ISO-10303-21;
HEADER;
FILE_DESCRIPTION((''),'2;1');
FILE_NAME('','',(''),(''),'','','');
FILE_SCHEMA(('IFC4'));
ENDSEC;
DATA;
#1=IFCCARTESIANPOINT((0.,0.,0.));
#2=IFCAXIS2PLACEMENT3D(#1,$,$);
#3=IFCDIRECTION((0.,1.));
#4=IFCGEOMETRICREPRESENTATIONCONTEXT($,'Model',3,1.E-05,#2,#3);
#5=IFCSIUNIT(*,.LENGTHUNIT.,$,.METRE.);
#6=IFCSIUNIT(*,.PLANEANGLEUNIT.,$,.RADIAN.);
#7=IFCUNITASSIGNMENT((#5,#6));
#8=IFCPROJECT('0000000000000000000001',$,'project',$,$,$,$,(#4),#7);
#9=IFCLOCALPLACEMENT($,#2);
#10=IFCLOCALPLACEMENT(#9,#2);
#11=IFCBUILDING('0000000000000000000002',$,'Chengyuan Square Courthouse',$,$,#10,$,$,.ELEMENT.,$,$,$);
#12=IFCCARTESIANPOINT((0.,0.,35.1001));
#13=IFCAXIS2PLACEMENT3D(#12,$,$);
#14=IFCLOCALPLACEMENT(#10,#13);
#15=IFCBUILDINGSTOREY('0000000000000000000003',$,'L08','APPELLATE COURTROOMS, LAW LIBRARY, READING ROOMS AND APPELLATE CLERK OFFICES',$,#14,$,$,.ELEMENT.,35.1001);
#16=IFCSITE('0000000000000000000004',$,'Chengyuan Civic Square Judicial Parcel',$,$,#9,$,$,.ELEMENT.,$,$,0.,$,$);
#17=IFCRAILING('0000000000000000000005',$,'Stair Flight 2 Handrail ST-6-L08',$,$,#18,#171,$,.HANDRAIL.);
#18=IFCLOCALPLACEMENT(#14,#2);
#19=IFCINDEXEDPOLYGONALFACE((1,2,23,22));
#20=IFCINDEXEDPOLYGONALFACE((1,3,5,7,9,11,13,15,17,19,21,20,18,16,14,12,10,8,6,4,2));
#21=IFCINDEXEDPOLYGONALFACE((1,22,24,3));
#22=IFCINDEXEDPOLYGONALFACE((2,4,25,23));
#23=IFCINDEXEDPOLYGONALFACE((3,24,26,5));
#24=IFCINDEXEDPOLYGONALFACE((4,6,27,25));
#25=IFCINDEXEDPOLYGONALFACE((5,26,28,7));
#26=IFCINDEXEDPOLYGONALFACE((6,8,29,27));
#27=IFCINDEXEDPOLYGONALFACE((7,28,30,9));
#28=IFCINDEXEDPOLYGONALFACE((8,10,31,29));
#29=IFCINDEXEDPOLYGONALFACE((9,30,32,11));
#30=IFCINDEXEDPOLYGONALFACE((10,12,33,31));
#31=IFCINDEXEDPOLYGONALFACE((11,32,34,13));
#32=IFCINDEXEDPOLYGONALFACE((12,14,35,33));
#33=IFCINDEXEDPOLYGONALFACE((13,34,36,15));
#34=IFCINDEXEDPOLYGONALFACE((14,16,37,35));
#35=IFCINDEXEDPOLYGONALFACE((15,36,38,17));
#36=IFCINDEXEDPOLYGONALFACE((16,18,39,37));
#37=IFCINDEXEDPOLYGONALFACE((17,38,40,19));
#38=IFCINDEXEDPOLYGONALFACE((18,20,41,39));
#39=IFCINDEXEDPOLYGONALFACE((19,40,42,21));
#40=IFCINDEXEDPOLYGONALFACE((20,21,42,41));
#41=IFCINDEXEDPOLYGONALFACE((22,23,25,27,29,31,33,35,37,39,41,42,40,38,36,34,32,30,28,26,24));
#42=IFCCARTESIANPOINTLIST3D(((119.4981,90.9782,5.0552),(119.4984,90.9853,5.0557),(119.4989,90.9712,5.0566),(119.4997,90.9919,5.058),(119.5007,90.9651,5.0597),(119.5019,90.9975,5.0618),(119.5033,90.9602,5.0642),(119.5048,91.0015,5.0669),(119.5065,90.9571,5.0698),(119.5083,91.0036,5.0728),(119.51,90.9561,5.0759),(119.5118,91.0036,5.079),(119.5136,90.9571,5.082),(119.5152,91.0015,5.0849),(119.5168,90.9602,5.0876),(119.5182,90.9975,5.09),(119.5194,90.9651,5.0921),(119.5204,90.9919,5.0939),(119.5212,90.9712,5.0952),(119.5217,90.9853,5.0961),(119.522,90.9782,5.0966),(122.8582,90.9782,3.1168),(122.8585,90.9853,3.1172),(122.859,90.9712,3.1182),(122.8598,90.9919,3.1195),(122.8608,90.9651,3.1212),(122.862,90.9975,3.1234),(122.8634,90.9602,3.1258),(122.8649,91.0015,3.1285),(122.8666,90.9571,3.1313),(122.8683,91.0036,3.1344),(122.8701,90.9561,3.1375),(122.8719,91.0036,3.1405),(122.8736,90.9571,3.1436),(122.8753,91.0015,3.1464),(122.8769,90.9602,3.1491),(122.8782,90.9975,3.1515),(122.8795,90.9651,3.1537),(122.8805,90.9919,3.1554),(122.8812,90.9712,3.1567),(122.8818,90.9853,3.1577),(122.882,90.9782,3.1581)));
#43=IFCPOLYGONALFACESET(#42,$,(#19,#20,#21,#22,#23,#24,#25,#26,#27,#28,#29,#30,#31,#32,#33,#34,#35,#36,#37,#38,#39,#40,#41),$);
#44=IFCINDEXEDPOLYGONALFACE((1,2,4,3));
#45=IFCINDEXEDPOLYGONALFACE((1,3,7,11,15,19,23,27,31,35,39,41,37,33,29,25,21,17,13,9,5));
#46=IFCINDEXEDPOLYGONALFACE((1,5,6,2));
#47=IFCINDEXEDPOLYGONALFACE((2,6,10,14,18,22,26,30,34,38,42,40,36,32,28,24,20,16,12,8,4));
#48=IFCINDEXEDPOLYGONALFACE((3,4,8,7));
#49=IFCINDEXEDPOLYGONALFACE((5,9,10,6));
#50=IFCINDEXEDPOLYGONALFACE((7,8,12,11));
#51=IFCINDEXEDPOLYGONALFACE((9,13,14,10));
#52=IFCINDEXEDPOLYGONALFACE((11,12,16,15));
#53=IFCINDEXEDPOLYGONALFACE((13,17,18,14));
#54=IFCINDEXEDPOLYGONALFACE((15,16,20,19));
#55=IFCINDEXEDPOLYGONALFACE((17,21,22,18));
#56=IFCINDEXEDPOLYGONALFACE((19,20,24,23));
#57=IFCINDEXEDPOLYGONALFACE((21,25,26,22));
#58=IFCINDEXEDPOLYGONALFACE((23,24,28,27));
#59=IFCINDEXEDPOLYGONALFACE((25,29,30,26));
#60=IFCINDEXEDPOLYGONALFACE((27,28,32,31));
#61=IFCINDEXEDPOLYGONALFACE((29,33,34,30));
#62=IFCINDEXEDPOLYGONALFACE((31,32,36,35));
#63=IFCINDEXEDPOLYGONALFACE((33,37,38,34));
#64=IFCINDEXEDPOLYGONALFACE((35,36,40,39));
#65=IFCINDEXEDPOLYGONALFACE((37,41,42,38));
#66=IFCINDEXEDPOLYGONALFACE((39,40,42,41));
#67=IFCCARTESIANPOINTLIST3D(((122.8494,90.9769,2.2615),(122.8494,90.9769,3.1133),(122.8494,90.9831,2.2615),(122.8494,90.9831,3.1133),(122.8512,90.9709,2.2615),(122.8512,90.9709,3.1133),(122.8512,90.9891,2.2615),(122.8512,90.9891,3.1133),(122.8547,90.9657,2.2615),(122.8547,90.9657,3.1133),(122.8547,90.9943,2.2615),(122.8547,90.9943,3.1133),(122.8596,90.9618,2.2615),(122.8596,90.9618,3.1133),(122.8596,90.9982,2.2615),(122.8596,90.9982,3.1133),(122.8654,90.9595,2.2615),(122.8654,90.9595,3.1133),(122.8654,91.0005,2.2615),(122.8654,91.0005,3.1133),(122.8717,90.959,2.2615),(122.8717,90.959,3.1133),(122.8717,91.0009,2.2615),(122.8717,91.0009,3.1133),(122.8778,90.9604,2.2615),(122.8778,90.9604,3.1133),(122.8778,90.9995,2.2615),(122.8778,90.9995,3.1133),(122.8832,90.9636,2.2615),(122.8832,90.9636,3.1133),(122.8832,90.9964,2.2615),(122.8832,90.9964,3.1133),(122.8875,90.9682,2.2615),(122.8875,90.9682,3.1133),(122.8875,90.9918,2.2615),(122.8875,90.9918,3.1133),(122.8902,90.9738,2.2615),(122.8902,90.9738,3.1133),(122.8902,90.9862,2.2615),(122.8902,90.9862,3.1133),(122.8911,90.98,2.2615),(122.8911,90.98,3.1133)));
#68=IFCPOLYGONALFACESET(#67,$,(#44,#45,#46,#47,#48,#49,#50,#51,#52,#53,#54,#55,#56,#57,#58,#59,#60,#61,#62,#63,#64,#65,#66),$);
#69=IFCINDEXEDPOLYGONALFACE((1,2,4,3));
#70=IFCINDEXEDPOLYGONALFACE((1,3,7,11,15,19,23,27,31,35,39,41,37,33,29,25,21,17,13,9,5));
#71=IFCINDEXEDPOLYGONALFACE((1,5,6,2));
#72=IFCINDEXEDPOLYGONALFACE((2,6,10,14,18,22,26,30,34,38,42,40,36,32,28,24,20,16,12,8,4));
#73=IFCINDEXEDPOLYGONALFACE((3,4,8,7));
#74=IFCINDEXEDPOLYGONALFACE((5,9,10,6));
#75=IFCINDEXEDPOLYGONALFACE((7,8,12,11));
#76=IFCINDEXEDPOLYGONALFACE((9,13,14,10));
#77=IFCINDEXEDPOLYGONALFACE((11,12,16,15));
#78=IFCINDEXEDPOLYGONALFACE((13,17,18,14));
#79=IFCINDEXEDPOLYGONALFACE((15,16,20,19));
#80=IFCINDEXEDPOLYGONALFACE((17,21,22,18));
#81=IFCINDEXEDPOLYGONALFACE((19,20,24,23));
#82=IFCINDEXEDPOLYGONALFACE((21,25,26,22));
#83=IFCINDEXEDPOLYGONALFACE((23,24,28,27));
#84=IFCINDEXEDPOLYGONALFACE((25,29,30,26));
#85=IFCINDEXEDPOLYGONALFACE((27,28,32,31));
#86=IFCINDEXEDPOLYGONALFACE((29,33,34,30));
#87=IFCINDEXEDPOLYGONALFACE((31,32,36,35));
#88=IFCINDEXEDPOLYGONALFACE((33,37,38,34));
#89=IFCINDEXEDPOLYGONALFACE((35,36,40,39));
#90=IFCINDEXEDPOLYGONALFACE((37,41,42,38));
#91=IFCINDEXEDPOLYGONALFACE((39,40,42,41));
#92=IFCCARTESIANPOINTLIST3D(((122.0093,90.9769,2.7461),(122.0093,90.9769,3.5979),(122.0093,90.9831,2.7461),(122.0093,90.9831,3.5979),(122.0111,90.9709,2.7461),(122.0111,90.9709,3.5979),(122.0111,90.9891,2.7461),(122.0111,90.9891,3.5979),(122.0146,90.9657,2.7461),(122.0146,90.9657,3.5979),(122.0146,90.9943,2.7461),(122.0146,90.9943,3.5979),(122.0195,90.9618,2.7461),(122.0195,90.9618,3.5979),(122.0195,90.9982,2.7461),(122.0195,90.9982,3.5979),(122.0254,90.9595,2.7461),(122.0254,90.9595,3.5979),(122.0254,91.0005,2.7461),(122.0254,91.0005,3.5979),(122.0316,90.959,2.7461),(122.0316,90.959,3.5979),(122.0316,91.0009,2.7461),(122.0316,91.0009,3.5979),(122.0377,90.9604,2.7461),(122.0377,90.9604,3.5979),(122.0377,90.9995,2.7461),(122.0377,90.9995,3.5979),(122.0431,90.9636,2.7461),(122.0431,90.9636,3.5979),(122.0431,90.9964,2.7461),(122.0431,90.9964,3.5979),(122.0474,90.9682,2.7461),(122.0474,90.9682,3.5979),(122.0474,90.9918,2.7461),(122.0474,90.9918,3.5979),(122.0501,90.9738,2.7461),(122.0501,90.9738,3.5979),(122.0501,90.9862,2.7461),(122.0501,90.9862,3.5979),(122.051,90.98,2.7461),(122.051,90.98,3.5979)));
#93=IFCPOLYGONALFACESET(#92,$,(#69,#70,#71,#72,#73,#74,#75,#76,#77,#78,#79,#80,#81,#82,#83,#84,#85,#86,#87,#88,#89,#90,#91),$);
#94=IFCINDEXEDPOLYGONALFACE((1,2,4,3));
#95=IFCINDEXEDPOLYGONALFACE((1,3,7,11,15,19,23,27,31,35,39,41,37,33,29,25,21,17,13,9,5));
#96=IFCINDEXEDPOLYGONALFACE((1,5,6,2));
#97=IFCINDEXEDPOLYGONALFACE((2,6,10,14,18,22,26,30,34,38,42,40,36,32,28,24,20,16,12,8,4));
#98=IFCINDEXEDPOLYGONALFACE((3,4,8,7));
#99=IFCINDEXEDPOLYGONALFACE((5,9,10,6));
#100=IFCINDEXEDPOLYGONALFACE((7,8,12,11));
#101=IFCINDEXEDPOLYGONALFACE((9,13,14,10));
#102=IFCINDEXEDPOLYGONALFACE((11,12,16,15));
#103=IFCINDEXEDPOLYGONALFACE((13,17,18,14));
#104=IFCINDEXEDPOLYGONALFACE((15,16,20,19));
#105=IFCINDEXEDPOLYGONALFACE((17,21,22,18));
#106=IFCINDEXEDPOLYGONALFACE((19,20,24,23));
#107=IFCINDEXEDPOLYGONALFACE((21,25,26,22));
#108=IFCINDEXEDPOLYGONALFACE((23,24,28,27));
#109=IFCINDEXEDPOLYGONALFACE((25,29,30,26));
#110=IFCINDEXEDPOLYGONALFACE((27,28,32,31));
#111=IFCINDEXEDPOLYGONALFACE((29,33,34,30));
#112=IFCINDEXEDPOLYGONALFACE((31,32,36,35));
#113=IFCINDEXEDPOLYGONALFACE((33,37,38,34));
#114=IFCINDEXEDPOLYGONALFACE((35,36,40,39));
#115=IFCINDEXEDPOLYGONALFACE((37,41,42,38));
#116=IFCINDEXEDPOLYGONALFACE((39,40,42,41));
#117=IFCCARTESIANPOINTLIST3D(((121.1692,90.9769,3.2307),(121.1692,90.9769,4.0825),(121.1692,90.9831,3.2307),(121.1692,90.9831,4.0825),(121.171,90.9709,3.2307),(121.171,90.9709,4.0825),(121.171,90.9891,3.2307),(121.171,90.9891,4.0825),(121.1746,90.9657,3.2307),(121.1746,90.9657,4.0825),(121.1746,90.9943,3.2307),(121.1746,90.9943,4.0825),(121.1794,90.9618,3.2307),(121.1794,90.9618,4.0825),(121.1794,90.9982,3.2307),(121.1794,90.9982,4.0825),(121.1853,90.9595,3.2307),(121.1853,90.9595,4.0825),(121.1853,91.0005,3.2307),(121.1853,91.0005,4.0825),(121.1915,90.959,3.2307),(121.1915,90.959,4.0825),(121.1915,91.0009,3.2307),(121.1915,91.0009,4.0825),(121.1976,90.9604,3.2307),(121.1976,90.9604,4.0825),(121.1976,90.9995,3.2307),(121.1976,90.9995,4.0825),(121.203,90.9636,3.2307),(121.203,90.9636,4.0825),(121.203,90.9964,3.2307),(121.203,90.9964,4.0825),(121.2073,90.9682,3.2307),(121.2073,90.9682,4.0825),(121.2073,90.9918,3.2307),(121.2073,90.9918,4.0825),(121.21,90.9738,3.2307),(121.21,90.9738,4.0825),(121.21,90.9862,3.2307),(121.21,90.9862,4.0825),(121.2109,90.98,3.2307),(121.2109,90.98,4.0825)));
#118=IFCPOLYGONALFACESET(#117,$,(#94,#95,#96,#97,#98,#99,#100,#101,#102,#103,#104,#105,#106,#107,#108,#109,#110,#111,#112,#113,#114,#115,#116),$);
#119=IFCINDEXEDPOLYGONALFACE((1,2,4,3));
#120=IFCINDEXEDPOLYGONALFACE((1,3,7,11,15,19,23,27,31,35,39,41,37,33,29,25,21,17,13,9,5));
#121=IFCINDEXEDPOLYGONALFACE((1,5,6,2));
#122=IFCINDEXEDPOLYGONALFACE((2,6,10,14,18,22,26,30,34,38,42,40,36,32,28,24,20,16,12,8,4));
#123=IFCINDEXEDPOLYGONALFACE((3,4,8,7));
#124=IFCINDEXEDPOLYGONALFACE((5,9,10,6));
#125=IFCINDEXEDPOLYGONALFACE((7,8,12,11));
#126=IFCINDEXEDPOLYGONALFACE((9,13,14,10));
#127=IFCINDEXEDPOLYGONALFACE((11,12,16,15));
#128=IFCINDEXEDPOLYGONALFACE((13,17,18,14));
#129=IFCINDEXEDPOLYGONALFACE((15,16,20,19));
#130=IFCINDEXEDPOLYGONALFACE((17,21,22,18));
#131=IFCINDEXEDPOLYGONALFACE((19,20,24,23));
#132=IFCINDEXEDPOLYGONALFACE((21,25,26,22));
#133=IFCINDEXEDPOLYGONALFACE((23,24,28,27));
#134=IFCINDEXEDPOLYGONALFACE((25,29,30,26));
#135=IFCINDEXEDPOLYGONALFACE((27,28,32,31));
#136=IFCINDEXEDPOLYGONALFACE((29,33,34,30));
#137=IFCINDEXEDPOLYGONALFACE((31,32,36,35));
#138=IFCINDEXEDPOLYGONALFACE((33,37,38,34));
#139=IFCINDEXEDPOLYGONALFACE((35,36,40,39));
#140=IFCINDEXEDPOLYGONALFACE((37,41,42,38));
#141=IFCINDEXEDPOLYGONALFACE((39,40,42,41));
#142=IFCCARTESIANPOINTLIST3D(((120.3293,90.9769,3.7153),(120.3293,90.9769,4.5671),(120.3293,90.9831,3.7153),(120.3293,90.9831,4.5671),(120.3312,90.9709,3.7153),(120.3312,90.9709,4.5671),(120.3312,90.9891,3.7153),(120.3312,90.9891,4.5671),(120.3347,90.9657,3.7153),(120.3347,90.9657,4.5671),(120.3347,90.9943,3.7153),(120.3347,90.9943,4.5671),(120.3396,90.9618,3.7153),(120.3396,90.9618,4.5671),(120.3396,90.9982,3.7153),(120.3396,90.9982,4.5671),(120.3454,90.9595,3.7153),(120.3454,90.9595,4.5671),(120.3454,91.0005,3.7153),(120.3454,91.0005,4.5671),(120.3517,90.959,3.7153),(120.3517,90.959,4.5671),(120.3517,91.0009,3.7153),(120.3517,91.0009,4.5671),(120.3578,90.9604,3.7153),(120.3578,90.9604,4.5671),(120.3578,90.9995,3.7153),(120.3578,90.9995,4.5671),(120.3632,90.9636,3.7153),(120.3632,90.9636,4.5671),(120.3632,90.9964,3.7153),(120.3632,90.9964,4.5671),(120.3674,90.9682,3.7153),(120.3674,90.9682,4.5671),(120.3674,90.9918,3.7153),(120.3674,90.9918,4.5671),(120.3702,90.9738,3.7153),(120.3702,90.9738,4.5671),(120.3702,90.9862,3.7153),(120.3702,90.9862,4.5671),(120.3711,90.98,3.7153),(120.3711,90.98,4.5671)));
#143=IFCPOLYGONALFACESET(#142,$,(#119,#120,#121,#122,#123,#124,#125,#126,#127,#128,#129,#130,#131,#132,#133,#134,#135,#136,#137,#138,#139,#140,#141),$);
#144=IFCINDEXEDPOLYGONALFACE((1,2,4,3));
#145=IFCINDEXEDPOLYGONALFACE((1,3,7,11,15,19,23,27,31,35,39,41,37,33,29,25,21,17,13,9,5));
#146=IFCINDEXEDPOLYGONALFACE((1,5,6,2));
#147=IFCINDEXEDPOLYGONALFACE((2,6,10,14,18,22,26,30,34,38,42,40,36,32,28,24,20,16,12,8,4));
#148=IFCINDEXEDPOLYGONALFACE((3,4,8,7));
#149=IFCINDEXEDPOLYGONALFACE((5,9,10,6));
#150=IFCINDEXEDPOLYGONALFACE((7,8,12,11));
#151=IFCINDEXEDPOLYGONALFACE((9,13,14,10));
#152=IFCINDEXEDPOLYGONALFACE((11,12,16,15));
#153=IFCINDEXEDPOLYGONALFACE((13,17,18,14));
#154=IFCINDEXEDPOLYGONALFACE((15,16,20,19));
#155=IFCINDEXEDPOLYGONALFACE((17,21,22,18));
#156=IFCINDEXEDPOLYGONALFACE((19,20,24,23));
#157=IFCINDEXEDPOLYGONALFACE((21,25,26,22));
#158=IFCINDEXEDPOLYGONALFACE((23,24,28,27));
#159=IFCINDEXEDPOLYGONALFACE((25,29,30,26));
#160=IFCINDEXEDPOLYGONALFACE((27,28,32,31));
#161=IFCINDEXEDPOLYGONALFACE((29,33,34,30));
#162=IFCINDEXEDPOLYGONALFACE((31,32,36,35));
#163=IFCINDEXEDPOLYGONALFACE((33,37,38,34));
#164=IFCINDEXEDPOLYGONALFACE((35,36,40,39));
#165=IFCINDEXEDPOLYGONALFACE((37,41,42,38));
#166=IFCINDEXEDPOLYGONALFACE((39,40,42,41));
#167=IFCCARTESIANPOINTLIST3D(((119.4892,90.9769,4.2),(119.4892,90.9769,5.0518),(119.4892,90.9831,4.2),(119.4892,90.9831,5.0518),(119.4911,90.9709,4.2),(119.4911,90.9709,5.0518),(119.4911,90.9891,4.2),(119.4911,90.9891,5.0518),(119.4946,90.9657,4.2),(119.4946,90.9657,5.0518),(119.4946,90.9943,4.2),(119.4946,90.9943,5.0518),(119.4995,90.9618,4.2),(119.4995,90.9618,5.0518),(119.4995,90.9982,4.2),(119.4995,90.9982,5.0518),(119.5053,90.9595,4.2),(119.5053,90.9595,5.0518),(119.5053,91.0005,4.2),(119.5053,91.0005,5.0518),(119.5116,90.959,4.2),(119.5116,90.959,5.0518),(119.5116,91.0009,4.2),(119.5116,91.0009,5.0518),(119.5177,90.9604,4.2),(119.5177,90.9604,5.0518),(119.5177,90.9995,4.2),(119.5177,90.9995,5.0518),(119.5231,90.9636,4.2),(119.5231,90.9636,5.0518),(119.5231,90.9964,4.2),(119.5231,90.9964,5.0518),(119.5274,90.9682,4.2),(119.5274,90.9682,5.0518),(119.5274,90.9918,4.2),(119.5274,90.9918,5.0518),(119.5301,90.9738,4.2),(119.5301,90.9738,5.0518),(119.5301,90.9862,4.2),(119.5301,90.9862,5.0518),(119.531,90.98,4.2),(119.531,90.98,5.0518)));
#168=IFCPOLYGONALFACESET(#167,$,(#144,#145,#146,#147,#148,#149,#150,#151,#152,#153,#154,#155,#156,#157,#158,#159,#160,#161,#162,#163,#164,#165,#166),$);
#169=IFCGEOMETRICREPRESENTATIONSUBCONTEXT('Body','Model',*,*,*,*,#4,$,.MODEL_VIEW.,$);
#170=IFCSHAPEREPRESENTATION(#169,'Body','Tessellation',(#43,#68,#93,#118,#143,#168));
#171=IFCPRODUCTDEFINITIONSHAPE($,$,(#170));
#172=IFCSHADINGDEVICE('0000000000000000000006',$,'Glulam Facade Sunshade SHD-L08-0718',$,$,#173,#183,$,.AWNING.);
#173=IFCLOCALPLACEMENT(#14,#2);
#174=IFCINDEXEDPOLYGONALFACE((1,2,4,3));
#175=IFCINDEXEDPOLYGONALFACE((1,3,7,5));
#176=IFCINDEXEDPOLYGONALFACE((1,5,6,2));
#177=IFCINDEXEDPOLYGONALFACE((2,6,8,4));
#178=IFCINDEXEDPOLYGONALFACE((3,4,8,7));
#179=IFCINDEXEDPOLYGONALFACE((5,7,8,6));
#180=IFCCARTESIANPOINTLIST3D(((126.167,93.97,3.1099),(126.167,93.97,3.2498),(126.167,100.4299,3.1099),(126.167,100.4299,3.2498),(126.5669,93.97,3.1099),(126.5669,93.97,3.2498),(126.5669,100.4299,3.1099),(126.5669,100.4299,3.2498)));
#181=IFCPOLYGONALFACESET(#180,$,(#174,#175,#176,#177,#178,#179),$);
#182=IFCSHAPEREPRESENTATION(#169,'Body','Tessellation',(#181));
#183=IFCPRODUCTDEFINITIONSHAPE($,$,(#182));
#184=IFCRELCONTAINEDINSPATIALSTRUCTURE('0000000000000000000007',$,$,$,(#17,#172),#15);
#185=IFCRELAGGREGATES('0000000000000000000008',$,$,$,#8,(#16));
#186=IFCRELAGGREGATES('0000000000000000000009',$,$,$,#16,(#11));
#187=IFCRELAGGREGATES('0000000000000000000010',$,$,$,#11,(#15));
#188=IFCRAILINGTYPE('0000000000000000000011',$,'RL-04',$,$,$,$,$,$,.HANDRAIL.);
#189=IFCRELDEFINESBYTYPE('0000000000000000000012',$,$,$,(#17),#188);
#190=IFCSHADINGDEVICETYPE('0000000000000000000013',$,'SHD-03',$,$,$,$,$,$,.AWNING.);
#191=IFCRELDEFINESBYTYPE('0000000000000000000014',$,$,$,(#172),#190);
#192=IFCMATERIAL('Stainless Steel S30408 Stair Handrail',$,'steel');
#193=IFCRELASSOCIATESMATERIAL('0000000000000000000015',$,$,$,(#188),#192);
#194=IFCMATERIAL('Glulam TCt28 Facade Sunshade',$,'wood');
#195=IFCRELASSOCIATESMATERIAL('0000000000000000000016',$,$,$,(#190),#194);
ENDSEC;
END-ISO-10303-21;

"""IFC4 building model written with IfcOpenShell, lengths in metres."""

from ifc_helpers import new_model, si_unit, direction, frame, origin, origin_2d, place, context, subcontext, project, spatial, rectangle, circle, extrude, material, type_object, element, save


model = new_model("IFC4")

# Units and contexts
model_context = context("Model", 3, precision=1e-05, world=origin(), true_north=direction((0.0, 1.0)))
body_context = subcontext(model_context, "Body", "Model", "MODEL_VIEW")
ifc_project = project(units=[si_unit("LENGTHUNIT", "METRE"), si_unit("PLANEANGLEUNIT", "RADIAN")], contexts=[model_context])

# Site, building, storey
site_placement = place(None, origin())
site = spatial("IfcSite", under=ifc_project, at=site_placement, Name="Chengyuan Civic Square Judicial Parcel", CompositionType="ELEMENT", RefElevation=0.0)
building_placement = place(site_placement, origin())
building = spatial("IfcBuilding", under=site, at=building_placement, Name="Chengyuan Square Courthouse", CompositionType="ELEMENT")
storey_placement = place(building_placement, frame((0.0, 0.0, 35.1001)))
storey = spatial("IfcBuildingStorey", under=building, at=storey_placement, Name="L08", Description="APPELLATE COURTROOMS, LAW LIBRARY, READING ROOMS AND APPELLATE CLERK OFFICES", CompositionType="ELEMENT", Elevation=35.1001)

# Railing
ifc_material_1 = material(Name="Stainless Steel S30408 Stair Handrail", Category="steel")
railing_type_1 = type_object("IfcRailingType", Name="RL-04", PredefinedType="HANDRAIL", material=ifc_material_1)
railing_1_placement = place(storey_placement, frame((122.8701, 90.98, 2.2615)))
element("IfcRailing", 1, at=railing_1_placement, inside=storey, type_object=railing_type_1, Name="Stair Flight 2 Handrail ST-6-L08", PredefinedType="HANDRAIL", context=body_context, shape_type="SweptSolid", body=[
    extrude(circle(Radius=0.0239, at=origin_2d()), frame((0.0, 0.0, 0.876), z_axis=(-0.866191, 0.0, 0.499713), x_axis=(0.0, -1.0, 0.0)), (0.0, 0.0, 1.0), 3.8792),
    extrude(circle(Radius=0.021, at=origin_2d()), origin(), (0.0, 0.0, 1.0), 0.8518),
    extrude(circle(Radius=0.021, at=origin_2d()), frame((-0.8401, 0.0, 0.4846)), (0.0, 0.0, 1.0), 0.8518),
    extrude(circle(Radius=0.021, at=origin_2d()), frame((-1.6802, 0.0, 0.9692)), (0.0, 0.0, 1.0), 0.8518),
    extrude(circle(Radius=0.021, at=origin_2d()), frame((-2.52, 0.0, 1.4539)), (0.0, 0.0, 1.0), 0.8518),
    extrude(circle(Radius=0.021, at=origin_2d()), frame((-3.3601, 0.0, 1.9385)), (0.0, 0.0, 1.0), 0.8518),
])

# Shading device
ifc_material_2 = material(Name="Glulam TCt28 Facade Sunshade", Category="wood")
shading_device_type = type_object("IfcShadingDeviceType", Name="SHD-03", PredefinedType="AWNING", material=ifc_material_2)
shading_device_placement = place(storey_placement, frame((126.3669, 97.2, 3.1099), z_axis=(0.0, 0.0, 1.0), x_axis=(0.0, 1.0, 0.0)))
element("IfcShadingDevice", 2, at=shading_device_placement, inside=storey, type_object=shading_device_type, Name="Glulam Facade Sunshade SHD-L08-0718", PredefinedType="AWNING", context=body_context, shape_type="SweptSolid", body=[
    extrude(rectangle(XDim=6.46, YDim=0.3999, at=origin_2d()), origin(), (0.0, 0.0, 1.0), 0.1399),
])

save(model, "model.ifc")
